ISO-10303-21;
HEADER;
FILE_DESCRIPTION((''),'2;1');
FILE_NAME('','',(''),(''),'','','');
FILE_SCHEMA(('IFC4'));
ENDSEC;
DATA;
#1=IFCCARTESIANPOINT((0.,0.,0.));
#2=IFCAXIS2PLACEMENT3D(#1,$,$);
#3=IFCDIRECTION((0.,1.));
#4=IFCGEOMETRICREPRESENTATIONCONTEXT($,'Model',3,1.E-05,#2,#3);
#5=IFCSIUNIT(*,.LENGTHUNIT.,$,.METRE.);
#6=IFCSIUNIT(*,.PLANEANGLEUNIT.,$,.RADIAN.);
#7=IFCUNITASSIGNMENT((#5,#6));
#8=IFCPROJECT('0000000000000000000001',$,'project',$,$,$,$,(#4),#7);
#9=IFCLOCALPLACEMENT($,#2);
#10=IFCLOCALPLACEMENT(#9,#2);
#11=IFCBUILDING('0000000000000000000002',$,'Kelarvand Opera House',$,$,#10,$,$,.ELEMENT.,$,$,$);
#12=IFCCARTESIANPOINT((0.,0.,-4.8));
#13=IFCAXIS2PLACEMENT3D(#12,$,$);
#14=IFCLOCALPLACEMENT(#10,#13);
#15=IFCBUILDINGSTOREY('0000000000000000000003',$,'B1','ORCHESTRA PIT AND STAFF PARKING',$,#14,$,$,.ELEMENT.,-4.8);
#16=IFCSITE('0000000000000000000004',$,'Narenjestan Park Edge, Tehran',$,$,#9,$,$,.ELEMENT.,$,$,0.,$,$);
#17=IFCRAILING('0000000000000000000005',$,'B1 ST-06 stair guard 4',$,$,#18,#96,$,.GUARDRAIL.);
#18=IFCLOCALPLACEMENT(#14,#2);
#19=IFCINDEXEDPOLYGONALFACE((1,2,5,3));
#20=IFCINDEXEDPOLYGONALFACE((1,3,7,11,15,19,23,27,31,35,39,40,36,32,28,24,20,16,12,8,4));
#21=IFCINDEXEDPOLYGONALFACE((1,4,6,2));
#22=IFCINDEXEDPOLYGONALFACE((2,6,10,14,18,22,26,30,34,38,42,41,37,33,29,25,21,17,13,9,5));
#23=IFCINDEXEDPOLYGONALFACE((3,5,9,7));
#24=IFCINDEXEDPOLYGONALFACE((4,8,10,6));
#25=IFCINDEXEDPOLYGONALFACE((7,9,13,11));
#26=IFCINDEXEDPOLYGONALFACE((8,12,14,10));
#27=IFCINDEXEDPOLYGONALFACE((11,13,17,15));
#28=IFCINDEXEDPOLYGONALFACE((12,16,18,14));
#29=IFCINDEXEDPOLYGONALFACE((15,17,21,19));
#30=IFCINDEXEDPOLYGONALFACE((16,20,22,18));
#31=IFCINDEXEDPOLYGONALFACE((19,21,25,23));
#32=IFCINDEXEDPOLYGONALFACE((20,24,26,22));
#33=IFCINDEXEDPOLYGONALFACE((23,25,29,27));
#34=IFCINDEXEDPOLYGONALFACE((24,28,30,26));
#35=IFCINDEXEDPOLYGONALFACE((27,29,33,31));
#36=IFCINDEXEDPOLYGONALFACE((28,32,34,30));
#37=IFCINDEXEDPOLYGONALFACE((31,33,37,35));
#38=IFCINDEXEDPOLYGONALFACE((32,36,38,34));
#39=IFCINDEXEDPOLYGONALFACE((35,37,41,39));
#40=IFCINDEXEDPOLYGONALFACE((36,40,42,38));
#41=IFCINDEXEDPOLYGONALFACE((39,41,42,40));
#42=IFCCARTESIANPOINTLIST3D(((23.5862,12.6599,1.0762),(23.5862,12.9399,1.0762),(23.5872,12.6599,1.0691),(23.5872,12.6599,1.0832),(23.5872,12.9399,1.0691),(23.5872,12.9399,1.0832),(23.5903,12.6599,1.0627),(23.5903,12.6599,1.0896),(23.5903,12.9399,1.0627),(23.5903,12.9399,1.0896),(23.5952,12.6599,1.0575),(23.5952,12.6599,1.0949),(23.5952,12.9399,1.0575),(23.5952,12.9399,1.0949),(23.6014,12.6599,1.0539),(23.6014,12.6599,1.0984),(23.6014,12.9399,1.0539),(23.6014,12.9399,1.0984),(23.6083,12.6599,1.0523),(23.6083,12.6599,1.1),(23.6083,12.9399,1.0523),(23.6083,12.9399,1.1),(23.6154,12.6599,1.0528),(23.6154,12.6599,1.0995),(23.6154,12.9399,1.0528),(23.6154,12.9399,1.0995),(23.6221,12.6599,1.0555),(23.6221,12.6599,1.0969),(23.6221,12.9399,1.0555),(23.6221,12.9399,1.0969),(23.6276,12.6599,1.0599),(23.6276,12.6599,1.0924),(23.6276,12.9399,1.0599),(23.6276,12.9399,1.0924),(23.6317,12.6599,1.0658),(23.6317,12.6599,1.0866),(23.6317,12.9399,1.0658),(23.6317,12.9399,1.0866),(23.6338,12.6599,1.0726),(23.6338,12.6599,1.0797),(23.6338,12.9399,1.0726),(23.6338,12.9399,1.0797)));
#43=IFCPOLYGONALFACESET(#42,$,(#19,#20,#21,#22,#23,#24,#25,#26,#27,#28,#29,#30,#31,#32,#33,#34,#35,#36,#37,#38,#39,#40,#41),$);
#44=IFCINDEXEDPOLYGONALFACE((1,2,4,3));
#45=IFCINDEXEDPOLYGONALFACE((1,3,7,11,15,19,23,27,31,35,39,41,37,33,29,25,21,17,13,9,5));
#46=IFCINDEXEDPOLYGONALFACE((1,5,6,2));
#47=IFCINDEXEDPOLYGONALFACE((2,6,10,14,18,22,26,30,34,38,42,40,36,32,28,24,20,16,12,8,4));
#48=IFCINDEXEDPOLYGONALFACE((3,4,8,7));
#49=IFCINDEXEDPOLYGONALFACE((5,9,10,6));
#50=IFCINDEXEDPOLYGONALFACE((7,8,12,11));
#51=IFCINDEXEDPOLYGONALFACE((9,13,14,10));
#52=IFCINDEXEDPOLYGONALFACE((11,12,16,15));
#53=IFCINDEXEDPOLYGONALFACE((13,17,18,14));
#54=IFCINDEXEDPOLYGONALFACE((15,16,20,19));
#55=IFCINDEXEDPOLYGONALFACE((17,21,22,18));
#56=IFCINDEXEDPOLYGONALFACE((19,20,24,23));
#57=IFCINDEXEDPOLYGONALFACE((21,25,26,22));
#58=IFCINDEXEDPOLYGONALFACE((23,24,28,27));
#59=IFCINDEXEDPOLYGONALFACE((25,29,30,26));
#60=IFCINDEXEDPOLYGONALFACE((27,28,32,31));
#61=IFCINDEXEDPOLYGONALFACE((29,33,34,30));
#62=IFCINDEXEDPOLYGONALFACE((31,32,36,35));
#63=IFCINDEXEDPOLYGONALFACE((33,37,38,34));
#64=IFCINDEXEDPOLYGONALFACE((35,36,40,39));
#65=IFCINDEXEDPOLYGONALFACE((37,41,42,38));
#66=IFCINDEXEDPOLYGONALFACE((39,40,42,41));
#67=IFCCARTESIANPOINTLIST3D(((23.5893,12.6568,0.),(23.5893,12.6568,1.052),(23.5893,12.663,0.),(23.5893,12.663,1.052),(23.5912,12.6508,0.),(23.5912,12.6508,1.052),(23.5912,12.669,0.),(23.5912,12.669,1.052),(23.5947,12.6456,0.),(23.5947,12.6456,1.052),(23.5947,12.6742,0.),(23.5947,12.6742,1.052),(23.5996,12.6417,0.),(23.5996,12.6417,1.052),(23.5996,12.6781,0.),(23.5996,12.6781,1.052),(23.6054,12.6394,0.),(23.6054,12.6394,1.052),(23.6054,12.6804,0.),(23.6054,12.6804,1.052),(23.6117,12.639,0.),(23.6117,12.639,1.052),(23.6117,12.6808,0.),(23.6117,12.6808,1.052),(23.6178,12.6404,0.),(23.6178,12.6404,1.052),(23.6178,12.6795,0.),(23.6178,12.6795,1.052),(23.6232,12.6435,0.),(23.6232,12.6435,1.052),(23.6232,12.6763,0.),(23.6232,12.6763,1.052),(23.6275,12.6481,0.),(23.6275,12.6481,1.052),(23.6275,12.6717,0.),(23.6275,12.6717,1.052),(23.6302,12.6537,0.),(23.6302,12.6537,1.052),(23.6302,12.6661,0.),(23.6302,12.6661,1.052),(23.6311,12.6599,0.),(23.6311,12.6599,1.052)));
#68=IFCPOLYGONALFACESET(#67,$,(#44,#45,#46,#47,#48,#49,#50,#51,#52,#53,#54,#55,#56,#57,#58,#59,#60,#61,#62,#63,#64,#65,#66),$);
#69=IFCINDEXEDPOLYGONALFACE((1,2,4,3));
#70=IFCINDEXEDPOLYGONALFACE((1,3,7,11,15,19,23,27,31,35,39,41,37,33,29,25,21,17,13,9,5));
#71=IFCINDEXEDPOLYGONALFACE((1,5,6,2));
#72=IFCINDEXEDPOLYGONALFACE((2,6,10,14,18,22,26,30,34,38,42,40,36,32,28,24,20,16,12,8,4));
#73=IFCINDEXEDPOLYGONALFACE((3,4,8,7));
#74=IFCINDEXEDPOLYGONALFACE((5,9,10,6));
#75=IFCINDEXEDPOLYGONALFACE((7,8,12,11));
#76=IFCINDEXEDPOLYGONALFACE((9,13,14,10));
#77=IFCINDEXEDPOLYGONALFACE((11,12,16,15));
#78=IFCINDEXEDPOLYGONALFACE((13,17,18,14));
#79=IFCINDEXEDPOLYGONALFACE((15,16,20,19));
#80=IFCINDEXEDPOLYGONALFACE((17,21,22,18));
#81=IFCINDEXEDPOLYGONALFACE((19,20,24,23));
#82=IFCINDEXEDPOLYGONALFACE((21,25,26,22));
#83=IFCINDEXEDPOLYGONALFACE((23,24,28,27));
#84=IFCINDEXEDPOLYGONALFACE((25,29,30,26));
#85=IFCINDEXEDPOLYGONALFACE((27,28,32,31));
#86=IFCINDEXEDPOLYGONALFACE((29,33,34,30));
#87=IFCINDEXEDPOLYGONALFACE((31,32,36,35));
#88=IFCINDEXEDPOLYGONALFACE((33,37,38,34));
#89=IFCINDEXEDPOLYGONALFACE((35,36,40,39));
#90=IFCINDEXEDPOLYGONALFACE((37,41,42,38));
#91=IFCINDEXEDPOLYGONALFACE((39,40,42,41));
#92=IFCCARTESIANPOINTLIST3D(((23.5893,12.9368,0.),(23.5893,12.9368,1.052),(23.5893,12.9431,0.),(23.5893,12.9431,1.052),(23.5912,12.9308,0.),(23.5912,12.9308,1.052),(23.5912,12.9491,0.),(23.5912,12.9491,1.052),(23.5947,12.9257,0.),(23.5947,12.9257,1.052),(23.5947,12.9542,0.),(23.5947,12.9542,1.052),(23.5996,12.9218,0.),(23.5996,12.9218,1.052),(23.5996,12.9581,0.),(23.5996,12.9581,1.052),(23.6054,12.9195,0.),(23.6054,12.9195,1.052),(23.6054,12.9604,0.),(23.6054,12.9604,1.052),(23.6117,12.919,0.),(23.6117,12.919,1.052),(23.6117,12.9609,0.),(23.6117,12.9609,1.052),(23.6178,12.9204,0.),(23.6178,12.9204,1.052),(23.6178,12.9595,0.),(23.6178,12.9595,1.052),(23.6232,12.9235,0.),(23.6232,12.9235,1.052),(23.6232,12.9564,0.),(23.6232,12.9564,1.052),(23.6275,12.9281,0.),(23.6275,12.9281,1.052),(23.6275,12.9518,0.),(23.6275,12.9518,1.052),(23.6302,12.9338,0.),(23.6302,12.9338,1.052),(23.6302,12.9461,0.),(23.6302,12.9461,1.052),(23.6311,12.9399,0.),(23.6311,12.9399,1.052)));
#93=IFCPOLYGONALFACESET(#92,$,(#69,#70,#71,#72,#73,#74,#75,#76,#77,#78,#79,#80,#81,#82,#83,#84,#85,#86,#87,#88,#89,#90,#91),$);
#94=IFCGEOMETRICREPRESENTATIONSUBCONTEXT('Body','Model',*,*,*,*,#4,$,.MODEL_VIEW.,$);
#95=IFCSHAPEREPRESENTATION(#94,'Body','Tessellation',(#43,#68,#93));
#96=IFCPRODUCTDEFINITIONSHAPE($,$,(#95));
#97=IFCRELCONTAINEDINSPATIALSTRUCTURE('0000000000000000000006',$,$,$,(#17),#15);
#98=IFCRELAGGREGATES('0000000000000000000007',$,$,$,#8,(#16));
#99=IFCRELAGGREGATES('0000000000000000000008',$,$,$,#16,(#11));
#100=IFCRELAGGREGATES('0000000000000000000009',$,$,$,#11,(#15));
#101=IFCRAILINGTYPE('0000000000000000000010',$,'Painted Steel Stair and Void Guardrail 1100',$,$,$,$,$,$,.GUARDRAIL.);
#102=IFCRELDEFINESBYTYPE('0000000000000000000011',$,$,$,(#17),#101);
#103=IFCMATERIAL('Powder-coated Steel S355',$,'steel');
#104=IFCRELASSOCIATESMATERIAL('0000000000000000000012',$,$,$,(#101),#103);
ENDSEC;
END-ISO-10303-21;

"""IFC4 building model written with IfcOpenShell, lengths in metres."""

from ifc_helpers import new_model, si_unit, direction, frame, origin, origin_2d, place, context, subcontext, project, spatial, circle, extrude, material, type_object, element, save


model = new_model("IFC4")

# Units and contexts
model_context = context("Model", 3, precision=1e-05, world=origin(), true_north=direction((0.0, 1.0)))
body_context = subcontext(model_context, "Body", "Model", "MODEL_VIEW")
ifc_project = project(units=[si_unit("LENGTHUNIT", "METRE"), si_unit("PLANEANGLEUNIT", "RADIAN")], contexts=[model_context])

# Site, building, storey
site_placement = place(None, origin())
site = spatial("IfcSite", under=ifc_project, at=site_placement, Name="Narenjestan Park Edge, Tehran", CompositionType="ELEMENT", RefElevation=0.0)
building_placement = place(site_placement, origin())
building = spatial("IfcBuilding", under=site, at=building_placement, Name="Kelarvand Opera House", CompositionType="ELEMENT")
storey_placement = place(building_placement, frame((0.0, 0.0, -4.8)))
storey = spatial("IfcBuildingStorey", under=building, at=storey_placement, Name="B1", Description="ORCHESTRA PIT AND STAFF PARKING", CompositionType="ELEMENT", Elevation=-4.8)

# Railing
ifc_material_1 = material(Name="Powder-coated Steel S355", Category="steel")
railing_type_1 = type_object("IfcRailingType", Name="Painted Steel Stair and Void Guardrail 1100", PredefinedType="GUARDRAIL", material=ifc_material_1)
railing_1_placement = place(storey_placement, frame((23.6101, 12.6599, 0.0)))
element("IfcRailing", 1, at=railing_1_placement, inside=storey, type_object=railing_type_1, Name="B1 ST-06 stair guard 4", PredefinedType="GUARDRAIL", context=body_context, shape_type="SweptSolid", body=[
    extrude(circle(Radius=0.0239, at=origin_2d()), frame((0.0, 0.0, 1.0762), z_axis=(0.0, 1.0, 0.0), x_axis=(-1.0, 0.0, 0.0)), (0.0, 0.0, 1.0), 0.28),
    extrude(circle(Radius=0.021, at=origin_2d()), origin(), (0.0, 0.0, 1.0), 1.052),
    extrude(circle(Radius=0.021, at=origin_2d()), frame((0.0, 0.28, 0.0)), (0.0, 0.0, 1.0), 1.052),
])

save(model, "model.ifc")
